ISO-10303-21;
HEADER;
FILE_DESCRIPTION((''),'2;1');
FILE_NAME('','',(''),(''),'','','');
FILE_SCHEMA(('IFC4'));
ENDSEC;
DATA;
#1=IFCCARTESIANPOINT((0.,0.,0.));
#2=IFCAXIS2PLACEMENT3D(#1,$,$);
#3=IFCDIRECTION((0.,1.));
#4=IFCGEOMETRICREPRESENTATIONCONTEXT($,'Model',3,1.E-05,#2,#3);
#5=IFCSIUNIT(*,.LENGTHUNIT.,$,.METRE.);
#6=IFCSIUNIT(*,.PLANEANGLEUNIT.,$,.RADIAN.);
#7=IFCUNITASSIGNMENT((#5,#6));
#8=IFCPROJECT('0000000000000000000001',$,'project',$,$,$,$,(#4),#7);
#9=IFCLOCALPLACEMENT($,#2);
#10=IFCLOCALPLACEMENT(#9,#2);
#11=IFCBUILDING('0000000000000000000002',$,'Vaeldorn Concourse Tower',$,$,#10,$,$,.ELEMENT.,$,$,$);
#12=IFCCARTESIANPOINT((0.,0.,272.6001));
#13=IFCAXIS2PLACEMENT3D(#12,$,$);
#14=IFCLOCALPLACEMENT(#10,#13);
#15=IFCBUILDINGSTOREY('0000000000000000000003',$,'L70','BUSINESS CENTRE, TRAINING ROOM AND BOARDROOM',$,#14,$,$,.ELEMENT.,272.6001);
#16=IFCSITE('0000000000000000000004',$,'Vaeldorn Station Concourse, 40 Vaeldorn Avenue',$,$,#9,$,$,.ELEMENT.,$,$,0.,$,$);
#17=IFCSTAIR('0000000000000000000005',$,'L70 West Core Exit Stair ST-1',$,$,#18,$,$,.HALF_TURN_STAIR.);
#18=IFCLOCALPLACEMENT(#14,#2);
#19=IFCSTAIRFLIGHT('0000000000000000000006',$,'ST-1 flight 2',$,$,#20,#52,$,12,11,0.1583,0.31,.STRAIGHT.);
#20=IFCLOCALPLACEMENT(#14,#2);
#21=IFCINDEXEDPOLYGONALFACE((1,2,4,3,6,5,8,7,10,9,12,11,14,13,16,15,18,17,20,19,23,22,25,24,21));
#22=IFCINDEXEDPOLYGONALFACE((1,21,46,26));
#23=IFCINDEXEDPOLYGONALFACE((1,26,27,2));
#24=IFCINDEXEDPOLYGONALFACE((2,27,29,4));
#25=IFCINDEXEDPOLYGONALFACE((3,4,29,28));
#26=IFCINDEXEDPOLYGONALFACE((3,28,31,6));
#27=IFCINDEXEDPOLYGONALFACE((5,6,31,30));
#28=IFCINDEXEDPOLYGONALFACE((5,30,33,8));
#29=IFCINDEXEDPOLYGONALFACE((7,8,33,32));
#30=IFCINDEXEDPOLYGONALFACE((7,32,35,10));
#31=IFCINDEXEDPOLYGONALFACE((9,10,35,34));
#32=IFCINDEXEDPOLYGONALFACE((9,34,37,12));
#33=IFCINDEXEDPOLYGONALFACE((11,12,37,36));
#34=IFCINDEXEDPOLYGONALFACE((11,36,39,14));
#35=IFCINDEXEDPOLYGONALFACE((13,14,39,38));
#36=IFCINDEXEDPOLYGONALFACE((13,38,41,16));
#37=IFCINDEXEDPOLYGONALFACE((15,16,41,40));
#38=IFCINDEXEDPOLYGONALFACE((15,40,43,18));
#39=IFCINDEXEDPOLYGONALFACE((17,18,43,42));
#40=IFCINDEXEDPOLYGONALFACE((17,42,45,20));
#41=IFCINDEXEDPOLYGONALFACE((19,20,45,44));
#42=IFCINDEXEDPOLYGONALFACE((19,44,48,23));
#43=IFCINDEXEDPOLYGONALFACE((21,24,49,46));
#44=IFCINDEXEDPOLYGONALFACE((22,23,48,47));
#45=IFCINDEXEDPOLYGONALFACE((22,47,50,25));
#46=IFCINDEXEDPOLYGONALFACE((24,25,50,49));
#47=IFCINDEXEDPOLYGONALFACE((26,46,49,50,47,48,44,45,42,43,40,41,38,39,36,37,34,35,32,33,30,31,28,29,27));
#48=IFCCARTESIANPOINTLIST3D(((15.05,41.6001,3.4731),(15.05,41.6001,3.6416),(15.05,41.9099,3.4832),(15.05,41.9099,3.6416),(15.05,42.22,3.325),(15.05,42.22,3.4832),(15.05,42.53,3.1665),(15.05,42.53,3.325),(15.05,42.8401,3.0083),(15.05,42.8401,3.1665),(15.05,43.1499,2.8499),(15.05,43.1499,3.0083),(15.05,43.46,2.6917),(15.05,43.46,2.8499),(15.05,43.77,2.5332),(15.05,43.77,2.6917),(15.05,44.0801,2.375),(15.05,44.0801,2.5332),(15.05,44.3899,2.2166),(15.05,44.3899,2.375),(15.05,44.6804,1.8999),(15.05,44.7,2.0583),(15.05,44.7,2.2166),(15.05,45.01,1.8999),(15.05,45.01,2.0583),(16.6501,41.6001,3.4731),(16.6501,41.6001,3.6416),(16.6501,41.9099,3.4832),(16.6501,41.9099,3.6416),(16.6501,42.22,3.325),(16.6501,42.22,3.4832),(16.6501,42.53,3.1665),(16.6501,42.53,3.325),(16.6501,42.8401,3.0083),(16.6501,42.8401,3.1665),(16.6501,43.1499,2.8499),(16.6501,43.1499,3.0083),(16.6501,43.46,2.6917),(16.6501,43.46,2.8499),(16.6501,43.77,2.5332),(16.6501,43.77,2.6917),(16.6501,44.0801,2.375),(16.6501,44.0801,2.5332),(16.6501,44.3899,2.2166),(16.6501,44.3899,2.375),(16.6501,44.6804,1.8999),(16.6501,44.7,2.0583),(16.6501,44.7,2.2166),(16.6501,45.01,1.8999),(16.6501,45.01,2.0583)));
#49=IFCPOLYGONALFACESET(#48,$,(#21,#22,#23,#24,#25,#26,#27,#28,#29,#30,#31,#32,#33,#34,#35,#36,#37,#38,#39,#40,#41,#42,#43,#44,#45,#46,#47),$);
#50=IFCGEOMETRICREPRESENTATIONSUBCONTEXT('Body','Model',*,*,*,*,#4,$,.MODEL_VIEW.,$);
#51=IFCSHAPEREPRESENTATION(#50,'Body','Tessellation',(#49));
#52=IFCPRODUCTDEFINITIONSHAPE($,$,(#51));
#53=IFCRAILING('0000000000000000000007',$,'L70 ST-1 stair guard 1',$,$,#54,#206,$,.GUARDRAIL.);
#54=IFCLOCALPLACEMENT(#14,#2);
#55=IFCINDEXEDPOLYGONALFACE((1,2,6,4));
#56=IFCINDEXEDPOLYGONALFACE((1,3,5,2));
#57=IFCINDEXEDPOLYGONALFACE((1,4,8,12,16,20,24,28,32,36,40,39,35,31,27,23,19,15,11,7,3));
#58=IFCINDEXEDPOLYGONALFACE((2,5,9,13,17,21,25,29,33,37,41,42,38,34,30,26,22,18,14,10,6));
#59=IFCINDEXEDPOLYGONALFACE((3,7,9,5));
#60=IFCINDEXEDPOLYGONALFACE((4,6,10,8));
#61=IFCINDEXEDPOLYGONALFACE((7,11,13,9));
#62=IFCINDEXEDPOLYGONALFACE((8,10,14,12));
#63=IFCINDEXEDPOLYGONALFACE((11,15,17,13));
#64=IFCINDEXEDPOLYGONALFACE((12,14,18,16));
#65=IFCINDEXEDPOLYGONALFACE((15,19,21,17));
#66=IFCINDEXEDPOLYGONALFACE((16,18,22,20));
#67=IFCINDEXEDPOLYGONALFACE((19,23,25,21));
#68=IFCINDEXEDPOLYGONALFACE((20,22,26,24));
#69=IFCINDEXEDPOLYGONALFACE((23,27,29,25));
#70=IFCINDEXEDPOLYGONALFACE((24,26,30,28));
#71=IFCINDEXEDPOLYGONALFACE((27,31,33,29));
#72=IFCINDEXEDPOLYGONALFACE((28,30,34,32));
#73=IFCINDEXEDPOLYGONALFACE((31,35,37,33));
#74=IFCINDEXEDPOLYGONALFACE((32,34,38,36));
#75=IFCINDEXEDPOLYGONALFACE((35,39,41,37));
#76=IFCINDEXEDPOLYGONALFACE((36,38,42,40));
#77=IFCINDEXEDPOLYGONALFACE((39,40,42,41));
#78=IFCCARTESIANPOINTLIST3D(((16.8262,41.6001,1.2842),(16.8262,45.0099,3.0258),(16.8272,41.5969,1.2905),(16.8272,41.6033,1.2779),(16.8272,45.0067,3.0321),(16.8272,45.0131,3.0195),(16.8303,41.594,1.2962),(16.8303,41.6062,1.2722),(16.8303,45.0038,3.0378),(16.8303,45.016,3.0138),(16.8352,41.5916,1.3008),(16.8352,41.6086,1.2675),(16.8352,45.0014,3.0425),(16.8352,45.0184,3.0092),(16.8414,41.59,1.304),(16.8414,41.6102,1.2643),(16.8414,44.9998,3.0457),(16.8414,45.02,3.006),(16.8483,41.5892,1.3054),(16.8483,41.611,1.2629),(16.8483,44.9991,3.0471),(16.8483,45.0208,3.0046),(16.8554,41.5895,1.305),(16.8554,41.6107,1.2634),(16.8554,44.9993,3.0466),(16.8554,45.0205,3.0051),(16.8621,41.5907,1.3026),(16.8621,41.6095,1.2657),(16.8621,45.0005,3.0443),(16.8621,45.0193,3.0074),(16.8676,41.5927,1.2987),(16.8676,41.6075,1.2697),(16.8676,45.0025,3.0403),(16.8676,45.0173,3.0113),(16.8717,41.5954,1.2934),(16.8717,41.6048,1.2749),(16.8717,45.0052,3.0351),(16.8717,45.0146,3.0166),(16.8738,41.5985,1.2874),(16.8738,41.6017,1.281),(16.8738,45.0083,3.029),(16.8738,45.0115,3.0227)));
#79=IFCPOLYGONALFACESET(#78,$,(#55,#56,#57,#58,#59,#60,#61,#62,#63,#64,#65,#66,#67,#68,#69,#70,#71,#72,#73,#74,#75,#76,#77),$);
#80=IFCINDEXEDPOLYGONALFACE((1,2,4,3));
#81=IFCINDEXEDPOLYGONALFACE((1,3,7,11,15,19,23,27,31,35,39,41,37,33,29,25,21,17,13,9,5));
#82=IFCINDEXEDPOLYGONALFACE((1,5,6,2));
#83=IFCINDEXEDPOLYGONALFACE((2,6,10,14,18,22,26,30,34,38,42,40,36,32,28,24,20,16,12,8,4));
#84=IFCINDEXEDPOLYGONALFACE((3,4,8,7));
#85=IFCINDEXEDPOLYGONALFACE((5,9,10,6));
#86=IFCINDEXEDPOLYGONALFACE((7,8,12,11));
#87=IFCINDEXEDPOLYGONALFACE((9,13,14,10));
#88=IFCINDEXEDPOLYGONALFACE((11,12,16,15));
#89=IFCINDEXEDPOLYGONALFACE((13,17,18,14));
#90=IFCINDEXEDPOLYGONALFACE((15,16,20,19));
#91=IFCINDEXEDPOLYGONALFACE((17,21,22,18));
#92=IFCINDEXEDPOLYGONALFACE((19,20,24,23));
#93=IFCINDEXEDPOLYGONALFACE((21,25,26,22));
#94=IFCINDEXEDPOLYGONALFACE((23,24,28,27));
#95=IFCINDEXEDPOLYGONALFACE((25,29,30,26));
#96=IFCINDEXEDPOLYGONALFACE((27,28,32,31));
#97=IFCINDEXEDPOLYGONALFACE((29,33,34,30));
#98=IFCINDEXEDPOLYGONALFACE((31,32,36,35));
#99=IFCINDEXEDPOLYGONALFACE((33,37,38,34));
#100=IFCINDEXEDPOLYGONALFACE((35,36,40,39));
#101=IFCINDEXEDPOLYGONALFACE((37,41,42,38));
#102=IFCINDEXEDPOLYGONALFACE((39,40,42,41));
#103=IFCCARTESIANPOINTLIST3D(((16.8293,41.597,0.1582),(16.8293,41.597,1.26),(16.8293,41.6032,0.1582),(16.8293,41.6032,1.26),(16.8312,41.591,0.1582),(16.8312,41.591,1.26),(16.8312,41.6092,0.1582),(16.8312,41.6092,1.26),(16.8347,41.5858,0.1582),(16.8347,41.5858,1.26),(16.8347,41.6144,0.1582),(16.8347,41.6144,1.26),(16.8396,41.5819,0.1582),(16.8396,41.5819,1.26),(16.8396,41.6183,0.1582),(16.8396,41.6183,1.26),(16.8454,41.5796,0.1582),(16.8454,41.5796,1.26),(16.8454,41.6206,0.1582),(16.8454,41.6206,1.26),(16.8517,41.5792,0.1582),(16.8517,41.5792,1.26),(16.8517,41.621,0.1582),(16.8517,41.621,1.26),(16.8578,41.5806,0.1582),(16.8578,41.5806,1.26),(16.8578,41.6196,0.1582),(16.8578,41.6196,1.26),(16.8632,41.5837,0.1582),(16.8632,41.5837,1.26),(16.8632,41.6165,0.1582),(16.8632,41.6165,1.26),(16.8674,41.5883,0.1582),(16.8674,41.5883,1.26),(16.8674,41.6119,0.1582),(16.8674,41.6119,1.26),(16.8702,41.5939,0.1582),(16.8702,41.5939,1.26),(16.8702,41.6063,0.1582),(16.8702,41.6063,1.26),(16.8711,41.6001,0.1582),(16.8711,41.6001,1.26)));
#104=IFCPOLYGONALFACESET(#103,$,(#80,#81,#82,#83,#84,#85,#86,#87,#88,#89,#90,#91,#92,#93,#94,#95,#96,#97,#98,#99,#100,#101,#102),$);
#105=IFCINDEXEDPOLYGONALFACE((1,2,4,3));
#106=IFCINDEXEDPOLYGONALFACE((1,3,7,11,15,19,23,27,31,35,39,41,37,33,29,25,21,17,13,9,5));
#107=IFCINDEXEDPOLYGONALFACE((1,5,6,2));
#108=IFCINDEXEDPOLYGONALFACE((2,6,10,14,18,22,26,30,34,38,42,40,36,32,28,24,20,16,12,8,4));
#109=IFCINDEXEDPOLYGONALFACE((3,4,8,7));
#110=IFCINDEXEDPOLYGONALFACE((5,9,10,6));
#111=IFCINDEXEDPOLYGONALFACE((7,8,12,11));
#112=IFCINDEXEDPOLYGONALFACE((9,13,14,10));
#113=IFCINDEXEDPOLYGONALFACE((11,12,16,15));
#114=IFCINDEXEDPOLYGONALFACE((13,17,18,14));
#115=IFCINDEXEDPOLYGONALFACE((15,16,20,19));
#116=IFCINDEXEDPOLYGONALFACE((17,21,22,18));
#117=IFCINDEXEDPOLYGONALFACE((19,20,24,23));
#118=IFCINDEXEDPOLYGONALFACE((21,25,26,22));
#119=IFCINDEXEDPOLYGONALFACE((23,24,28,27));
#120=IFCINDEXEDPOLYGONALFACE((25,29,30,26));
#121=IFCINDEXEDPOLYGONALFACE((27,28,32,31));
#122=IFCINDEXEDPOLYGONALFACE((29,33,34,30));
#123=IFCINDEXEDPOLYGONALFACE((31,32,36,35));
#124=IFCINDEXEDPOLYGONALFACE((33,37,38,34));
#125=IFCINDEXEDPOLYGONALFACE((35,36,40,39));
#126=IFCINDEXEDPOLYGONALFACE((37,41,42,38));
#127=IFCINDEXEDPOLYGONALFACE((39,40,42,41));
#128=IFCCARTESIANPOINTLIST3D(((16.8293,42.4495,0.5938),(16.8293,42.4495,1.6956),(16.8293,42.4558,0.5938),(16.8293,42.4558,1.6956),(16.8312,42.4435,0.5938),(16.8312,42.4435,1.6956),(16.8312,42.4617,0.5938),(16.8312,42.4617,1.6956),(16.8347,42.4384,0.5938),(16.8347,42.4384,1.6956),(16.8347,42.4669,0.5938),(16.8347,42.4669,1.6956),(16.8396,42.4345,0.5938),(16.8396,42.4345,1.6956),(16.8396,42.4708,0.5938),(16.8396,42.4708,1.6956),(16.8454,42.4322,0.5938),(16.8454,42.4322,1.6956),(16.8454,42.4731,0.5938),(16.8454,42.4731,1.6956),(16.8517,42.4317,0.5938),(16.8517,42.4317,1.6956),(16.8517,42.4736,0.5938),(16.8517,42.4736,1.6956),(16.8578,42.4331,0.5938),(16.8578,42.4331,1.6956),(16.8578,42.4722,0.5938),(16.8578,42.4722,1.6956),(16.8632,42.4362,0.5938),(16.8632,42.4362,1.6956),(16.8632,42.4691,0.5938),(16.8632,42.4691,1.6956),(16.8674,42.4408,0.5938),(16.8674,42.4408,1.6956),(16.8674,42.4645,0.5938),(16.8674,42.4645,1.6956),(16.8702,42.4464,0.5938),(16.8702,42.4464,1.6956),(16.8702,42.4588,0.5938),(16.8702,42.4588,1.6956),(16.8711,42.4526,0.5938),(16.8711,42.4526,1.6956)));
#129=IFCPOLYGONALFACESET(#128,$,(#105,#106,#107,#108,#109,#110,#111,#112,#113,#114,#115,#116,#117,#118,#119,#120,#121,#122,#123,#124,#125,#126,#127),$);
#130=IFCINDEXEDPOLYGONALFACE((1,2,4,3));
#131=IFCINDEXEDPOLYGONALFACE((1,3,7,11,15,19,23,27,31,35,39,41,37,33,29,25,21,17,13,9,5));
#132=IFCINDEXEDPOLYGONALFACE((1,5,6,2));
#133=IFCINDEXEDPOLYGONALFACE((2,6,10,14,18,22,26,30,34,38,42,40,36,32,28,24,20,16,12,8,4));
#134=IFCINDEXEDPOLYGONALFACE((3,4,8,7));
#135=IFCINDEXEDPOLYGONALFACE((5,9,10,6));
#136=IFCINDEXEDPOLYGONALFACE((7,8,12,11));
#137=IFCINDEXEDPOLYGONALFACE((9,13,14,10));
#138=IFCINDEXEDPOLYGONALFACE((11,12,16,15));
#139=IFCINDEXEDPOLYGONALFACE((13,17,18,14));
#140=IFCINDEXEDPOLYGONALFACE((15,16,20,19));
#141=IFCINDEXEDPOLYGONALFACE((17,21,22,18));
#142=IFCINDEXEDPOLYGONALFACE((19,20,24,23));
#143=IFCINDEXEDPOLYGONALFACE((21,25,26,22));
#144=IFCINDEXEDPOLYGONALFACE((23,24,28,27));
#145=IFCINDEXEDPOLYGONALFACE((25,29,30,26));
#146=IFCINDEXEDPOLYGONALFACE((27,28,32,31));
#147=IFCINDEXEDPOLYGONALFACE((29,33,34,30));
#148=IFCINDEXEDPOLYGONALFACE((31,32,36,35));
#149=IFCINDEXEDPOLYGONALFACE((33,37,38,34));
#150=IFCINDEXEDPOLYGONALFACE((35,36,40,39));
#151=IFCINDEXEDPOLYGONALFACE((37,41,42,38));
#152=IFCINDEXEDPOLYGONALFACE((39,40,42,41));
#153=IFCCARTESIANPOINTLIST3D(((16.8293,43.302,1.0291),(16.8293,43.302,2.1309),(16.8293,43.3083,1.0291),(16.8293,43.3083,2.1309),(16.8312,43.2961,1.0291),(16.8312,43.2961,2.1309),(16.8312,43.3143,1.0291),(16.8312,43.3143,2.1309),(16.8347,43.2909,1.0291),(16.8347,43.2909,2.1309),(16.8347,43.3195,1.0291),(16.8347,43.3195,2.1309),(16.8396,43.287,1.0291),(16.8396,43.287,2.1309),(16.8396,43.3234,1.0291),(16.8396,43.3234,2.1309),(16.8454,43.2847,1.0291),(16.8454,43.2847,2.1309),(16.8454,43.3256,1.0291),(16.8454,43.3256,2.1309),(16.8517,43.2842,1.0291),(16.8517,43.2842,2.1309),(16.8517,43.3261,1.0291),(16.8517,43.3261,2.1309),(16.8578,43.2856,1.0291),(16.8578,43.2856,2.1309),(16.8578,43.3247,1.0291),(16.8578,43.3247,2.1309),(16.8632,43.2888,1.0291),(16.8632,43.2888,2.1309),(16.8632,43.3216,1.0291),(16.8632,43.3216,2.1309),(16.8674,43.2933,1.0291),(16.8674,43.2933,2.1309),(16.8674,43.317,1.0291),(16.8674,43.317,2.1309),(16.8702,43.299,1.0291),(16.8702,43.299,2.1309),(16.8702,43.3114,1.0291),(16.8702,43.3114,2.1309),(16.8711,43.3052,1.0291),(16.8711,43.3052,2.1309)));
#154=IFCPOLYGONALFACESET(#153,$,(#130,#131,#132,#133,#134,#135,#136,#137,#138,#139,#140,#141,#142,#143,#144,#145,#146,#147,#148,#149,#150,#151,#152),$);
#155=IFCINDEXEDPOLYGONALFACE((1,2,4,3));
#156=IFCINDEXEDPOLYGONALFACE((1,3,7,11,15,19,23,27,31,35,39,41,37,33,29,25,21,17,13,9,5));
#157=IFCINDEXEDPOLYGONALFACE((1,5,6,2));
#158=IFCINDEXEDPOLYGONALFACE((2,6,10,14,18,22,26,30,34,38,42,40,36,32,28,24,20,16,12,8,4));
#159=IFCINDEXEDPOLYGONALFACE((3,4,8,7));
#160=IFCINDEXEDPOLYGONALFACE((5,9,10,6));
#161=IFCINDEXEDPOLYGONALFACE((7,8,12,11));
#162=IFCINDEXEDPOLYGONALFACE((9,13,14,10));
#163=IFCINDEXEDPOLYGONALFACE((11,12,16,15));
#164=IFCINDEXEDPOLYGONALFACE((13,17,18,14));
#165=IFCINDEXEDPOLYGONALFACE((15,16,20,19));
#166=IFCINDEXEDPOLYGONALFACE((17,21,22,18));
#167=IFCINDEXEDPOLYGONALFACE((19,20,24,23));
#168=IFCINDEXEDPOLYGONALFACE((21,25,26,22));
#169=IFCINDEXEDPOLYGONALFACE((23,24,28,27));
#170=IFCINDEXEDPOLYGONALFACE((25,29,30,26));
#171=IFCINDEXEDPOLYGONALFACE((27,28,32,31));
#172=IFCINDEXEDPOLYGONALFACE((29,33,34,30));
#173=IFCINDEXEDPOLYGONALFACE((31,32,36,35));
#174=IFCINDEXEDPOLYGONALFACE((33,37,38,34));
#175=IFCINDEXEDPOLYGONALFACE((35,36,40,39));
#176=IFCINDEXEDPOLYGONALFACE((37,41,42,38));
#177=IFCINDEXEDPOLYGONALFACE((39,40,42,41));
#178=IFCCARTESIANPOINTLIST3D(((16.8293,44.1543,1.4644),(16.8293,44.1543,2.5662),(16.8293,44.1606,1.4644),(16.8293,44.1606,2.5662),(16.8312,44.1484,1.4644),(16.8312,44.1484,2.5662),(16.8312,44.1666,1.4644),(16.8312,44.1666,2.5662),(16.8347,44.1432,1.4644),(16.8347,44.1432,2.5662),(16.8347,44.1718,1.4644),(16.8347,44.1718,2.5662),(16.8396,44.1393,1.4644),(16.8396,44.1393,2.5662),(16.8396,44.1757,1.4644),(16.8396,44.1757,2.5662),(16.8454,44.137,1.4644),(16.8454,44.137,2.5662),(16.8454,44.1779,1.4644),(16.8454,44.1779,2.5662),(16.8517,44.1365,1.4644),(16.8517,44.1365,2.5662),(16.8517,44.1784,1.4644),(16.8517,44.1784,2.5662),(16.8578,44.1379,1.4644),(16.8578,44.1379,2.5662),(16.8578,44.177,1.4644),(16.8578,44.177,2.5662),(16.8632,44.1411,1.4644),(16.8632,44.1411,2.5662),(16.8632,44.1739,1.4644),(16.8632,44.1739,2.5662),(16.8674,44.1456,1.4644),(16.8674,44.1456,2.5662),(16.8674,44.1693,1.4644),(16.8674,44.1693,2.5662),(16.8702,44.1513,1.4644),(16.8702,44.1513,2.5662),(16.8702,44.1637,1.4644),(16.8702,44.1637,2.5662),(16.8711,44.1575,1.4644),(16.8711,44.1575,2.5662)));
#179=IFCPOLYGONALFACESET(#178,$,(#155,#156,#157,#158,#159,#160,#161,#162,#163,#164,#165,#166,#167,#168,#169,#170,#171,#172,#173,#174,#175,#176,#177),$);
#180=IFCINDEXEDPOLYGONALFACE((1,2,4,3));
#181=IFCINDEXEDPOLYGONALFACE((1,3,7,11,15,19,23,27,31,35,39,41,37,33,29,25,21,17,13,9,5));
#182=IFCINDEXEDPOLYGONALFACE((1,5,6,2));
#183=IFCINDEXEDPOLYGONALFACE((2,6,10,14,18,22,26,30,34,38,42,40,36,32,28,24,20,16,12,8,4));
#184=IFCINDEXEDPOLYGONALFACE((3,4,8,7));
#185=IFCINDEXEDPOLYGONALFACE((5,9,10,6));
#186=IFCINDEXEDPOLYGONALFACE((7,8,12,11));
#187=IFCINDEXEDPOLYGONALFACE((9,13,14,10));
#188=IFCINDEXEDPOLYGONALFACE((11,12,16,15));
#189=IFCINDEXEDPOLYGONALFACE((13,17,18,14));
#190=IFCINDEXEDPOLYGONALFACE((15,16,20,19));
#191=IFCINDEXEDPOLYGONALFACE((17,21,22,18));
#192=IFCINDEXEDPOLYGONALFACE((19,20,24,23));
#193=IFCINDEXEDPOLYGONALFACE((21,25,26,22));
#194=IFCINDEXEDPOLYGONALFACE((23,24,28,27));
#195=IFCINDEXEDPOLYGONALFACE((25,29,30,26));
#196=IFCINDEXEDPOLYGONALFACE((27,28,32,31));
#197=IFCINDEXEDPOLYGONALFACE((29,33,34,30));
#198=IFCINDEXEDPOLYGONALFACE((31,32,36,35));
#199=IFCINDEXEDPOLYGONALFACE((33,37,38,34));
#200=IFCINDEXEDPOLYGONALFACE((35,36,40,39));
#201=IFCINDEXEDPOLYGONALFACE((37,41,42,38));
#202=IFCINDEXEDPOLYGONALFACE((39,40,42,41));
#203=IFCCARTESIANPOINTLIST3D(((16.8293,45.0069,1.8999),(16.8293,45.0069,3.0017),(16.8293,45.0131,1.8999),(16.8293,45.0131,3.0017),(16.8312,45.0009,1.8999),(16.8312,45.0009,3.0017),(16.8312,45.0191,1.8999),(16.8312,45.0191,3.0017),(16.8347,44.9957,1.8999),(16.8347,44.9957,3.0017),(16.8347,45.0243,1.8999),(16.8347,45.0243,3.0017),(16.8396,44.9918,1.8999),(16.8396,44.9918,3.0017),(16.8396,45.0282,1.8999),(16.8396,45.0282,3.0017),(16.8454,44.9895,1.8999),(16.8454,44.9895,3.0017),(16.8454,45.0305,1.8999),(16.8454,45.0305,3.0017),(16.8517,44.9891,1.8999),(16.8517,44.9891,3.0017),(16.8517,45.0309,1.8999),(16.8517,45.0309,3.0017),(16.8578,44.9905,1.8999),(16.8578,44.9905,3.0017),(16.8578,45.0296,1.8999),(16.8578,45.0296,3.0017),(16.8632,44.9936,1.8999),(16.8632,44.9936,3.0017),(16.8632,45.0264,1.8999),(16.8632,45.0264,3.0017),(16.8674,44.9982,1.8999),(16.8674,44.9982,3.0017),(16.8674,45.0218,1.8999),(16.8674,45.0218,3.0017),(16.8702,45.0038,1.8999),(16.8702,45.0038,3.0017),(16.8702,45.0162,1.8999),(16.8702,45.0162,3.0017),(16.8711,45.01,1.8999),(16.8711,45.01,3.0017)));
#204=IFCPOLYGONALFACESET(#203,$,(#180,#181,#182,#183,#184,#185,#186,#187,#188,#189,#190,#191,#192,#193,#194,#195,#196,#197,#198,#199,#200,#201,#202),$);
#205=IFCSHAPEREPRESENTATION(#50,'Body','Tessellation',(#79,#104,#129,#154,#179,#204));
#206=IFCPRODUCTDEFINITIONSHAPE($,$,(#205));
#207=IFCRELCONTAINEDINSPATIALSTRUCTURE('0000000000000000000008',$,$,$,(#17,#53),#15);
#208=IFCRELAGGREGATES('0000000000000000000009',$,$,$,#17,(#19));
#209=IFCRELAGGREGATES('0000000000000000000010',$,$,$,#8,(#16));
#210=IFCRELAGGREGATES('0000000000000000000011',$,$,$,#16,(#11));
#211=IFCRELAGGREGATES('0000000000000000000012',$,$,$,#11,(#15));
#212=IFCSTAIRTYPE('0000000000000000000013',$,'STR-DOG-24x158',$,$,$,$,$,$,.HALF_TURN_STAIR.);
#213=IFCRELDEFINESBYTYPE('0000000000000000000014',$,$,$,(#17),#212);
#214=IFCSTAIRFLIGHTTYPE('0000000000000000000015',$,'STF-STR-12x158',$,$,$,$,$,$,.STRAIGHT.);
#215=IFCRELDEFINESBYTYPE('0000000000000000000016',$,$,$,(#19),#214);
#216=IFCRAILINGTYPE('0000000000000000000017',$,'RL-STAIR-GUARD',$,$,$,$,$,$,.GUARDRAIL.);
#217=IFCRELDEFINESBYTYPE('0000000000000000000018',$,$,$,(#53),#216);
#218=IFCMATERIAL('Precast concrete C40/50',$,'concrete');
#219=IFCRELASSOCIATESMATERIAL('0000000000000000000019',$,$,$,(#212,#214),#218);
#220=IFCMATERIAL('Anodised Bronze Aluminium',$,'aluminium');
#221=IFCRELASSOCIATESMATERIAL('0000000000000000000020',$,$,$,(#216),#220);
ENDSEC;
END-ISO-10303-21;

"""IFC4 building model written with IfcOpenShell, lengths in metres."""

from ifc_helpers import new_model, si_unit, direction, frame, origin, origin_2d, place, context, subcontext, project, spatial, polyline, circle, outline, extrude, material, type_object, element, aggregate, save


model = new_model("IFC4")

# Units and contexts
model_context = context("Model", 3, precision=1e-05, world=origin(), true_north=direction((0.0, 1.0)))
body_context = subcontext(model_context, "Body", "Model", "MODEL_VIEW")
ifc_project = project(units=[si_unit("LENGTHUNIT", "METRE"), si_unit("PLANEANGLEUNIT", "RADIAN")], contexts=[model_context])

# Site, building, storey
site_placement = place(None, origin())
site = spatial("IfcSite", under=ifc_project, at=site_placement, Name="Vaeldorn Station Concourse, 40 Vaeldorn Avenue", CompositionType="ELEMENT", RefElevation=0.0)
building_placement = place(site_placement, origin())
building = spatial("IfcBuilding", under=site, at=building_placement, Name="Vaeldorn Concourse Tower", CompositionType="ELEMENT")
storey_placement = place(building_placement, frame((0.0, 0.0, 272.6001)))
storey = spatial("IfcBuildingStorey", under=building, at=storey_placement, Name="L70", Description="BUSINESS CENTRE, TRAINING ROOM AND BOARDROOM", CompositionType="ELEMENT", Elevation=272.6001)

# Shared definitions
ifc_material_1 = material(Name="Anodised Bronze Aluminium", Category="aluminium")

# Stair, stair flight
ifc_material_2 = material(Name="Precast concrete C40/50", Category="concrete")
stair_type = type_object("IfcStairType", Name="STR-DOG-24x158", PredefinedType="HALF_TURN_STAIR", material=ifc_material_2)
stair_placement = place(storey_placement, origin())
stair = element("IfcStair", 1, at=stair_placement, inside=storey, type_object=stair_type, Name="L70 West Core Exit Stair ST-1", PredefinedType="HALF_TURN_STAIR")
stair_flight_type = type_object("IfcStairFlightType", Name="STF-STR-12x158", PredefinedType="STRAIGHT", material=ifc_material_2)
stair_flight_1_placement = place(storey_placement, frame((15.8501, 45.01, 1.8999), z_axis=(0.0, 0.0, 1.0), x_axis=(0.0, -1.0, 0.0)))
stair_flight_1 = element("IfcStairFlight", 2, at=stair_flight_1_placement, type_object=stair_flight_type, Name="ST-1 flight 2", NumberOfRisers=12, NumberOfTreads=11, PredefinedType="STRAIGHT", RiserHeight=0.1583, TreadLength=0.31, context=body_context, shape_type="SweptSolid", body=[
    extrude(outline(polyline([(0.0, 0.0), (0.0, 0.1584), (0.3101, 0.1584), (0.3101, 0.3167), (0.6201, 0.3167), (0.6201, 0.4751), (0.9299, 0.4751), (0.9299, 0.6333), (1.24, 0.6333), (1.24, 0.7917), (1.55, 0.7917), (1.55, 0.95), (1.8601, 0.95), (1.8601, 1.1084), (2.1699, 1.1084), (2.1699, 1.2666), (2.48, 1.2666), (2.48, 1.425), (2.79, 1.425), (2.79, 1.5833), (3.1001, 1.5833), (3.1001, 1.7417), (3.4099, 1.7417), (3.4099, 1.8999), (3.4099, 1.5732), (0.3296, 0.0), (0.0, 0.0)])), frame((0.0, 0.8, 0.0), z_axis=(0.0, -1.0, 0.0), x_axis=(1.0, 0.0, 0.0)), (0.0, 0.0, 1.0), 1.6001),
])
aggregate(stair, [stair_flight_1])

# Railing
railing_type_1 = type_object("IfcRailingType", Name="RL-STAIR-GUARD", PredefinedType="GUARDRAIL", material=ifc_material_1)
railing_1_placement = place(storey_placement, frame((16.8501, 41.6001, 0.1582)))
element("IfcRailing", 3, at=railing_1_placement, inside=storey, type_object=railing_type_1, Name="L70 ST-1 stair guard 1", PredefinedType="GUARDRAIL", context=body_context, shape_type="SweptSolid", body=[
    extrude(circle(Radius=0.0239, at=origin_2d()), frame((0.0, 0.0, 1.126), z_axis=(0.0, 0.890556, 0.454874), x_axis=(-1.0, 0.0, 0.0)), (0.0, 0.0, 1.0), 3.8289),
    extrude(circle(Radius=0.021, at=origin_2d()), origin(), (0.0, 0.0, 1.0), 1.1018),
    extrude(circle(Radius=0.021, at=origin_2d()), frame((0.0, 0.8525, 0.4355)), (0.0, 0.0, 1.0), 1.1018),
    extrude(circle(Radius=0.021, at=origin_2d()), frame((0.0, 1.7051, 0.8708)), (0.0, 0.0, 1.0), 1.1018),
    extrude(circle(Radius=0.021, at=origin_2d()), frame((0.0, 2.5574, 1.3062)), (0.0, 0.0, 1.0), 1.1018),
    extrude(circle(Radius=0.021, at=origin_2d()), frame((0.0, 3.4099, 1.7417)), (0.0, 0.0, 1.0), 1.1018),
])

save(model, "model.ifc")
